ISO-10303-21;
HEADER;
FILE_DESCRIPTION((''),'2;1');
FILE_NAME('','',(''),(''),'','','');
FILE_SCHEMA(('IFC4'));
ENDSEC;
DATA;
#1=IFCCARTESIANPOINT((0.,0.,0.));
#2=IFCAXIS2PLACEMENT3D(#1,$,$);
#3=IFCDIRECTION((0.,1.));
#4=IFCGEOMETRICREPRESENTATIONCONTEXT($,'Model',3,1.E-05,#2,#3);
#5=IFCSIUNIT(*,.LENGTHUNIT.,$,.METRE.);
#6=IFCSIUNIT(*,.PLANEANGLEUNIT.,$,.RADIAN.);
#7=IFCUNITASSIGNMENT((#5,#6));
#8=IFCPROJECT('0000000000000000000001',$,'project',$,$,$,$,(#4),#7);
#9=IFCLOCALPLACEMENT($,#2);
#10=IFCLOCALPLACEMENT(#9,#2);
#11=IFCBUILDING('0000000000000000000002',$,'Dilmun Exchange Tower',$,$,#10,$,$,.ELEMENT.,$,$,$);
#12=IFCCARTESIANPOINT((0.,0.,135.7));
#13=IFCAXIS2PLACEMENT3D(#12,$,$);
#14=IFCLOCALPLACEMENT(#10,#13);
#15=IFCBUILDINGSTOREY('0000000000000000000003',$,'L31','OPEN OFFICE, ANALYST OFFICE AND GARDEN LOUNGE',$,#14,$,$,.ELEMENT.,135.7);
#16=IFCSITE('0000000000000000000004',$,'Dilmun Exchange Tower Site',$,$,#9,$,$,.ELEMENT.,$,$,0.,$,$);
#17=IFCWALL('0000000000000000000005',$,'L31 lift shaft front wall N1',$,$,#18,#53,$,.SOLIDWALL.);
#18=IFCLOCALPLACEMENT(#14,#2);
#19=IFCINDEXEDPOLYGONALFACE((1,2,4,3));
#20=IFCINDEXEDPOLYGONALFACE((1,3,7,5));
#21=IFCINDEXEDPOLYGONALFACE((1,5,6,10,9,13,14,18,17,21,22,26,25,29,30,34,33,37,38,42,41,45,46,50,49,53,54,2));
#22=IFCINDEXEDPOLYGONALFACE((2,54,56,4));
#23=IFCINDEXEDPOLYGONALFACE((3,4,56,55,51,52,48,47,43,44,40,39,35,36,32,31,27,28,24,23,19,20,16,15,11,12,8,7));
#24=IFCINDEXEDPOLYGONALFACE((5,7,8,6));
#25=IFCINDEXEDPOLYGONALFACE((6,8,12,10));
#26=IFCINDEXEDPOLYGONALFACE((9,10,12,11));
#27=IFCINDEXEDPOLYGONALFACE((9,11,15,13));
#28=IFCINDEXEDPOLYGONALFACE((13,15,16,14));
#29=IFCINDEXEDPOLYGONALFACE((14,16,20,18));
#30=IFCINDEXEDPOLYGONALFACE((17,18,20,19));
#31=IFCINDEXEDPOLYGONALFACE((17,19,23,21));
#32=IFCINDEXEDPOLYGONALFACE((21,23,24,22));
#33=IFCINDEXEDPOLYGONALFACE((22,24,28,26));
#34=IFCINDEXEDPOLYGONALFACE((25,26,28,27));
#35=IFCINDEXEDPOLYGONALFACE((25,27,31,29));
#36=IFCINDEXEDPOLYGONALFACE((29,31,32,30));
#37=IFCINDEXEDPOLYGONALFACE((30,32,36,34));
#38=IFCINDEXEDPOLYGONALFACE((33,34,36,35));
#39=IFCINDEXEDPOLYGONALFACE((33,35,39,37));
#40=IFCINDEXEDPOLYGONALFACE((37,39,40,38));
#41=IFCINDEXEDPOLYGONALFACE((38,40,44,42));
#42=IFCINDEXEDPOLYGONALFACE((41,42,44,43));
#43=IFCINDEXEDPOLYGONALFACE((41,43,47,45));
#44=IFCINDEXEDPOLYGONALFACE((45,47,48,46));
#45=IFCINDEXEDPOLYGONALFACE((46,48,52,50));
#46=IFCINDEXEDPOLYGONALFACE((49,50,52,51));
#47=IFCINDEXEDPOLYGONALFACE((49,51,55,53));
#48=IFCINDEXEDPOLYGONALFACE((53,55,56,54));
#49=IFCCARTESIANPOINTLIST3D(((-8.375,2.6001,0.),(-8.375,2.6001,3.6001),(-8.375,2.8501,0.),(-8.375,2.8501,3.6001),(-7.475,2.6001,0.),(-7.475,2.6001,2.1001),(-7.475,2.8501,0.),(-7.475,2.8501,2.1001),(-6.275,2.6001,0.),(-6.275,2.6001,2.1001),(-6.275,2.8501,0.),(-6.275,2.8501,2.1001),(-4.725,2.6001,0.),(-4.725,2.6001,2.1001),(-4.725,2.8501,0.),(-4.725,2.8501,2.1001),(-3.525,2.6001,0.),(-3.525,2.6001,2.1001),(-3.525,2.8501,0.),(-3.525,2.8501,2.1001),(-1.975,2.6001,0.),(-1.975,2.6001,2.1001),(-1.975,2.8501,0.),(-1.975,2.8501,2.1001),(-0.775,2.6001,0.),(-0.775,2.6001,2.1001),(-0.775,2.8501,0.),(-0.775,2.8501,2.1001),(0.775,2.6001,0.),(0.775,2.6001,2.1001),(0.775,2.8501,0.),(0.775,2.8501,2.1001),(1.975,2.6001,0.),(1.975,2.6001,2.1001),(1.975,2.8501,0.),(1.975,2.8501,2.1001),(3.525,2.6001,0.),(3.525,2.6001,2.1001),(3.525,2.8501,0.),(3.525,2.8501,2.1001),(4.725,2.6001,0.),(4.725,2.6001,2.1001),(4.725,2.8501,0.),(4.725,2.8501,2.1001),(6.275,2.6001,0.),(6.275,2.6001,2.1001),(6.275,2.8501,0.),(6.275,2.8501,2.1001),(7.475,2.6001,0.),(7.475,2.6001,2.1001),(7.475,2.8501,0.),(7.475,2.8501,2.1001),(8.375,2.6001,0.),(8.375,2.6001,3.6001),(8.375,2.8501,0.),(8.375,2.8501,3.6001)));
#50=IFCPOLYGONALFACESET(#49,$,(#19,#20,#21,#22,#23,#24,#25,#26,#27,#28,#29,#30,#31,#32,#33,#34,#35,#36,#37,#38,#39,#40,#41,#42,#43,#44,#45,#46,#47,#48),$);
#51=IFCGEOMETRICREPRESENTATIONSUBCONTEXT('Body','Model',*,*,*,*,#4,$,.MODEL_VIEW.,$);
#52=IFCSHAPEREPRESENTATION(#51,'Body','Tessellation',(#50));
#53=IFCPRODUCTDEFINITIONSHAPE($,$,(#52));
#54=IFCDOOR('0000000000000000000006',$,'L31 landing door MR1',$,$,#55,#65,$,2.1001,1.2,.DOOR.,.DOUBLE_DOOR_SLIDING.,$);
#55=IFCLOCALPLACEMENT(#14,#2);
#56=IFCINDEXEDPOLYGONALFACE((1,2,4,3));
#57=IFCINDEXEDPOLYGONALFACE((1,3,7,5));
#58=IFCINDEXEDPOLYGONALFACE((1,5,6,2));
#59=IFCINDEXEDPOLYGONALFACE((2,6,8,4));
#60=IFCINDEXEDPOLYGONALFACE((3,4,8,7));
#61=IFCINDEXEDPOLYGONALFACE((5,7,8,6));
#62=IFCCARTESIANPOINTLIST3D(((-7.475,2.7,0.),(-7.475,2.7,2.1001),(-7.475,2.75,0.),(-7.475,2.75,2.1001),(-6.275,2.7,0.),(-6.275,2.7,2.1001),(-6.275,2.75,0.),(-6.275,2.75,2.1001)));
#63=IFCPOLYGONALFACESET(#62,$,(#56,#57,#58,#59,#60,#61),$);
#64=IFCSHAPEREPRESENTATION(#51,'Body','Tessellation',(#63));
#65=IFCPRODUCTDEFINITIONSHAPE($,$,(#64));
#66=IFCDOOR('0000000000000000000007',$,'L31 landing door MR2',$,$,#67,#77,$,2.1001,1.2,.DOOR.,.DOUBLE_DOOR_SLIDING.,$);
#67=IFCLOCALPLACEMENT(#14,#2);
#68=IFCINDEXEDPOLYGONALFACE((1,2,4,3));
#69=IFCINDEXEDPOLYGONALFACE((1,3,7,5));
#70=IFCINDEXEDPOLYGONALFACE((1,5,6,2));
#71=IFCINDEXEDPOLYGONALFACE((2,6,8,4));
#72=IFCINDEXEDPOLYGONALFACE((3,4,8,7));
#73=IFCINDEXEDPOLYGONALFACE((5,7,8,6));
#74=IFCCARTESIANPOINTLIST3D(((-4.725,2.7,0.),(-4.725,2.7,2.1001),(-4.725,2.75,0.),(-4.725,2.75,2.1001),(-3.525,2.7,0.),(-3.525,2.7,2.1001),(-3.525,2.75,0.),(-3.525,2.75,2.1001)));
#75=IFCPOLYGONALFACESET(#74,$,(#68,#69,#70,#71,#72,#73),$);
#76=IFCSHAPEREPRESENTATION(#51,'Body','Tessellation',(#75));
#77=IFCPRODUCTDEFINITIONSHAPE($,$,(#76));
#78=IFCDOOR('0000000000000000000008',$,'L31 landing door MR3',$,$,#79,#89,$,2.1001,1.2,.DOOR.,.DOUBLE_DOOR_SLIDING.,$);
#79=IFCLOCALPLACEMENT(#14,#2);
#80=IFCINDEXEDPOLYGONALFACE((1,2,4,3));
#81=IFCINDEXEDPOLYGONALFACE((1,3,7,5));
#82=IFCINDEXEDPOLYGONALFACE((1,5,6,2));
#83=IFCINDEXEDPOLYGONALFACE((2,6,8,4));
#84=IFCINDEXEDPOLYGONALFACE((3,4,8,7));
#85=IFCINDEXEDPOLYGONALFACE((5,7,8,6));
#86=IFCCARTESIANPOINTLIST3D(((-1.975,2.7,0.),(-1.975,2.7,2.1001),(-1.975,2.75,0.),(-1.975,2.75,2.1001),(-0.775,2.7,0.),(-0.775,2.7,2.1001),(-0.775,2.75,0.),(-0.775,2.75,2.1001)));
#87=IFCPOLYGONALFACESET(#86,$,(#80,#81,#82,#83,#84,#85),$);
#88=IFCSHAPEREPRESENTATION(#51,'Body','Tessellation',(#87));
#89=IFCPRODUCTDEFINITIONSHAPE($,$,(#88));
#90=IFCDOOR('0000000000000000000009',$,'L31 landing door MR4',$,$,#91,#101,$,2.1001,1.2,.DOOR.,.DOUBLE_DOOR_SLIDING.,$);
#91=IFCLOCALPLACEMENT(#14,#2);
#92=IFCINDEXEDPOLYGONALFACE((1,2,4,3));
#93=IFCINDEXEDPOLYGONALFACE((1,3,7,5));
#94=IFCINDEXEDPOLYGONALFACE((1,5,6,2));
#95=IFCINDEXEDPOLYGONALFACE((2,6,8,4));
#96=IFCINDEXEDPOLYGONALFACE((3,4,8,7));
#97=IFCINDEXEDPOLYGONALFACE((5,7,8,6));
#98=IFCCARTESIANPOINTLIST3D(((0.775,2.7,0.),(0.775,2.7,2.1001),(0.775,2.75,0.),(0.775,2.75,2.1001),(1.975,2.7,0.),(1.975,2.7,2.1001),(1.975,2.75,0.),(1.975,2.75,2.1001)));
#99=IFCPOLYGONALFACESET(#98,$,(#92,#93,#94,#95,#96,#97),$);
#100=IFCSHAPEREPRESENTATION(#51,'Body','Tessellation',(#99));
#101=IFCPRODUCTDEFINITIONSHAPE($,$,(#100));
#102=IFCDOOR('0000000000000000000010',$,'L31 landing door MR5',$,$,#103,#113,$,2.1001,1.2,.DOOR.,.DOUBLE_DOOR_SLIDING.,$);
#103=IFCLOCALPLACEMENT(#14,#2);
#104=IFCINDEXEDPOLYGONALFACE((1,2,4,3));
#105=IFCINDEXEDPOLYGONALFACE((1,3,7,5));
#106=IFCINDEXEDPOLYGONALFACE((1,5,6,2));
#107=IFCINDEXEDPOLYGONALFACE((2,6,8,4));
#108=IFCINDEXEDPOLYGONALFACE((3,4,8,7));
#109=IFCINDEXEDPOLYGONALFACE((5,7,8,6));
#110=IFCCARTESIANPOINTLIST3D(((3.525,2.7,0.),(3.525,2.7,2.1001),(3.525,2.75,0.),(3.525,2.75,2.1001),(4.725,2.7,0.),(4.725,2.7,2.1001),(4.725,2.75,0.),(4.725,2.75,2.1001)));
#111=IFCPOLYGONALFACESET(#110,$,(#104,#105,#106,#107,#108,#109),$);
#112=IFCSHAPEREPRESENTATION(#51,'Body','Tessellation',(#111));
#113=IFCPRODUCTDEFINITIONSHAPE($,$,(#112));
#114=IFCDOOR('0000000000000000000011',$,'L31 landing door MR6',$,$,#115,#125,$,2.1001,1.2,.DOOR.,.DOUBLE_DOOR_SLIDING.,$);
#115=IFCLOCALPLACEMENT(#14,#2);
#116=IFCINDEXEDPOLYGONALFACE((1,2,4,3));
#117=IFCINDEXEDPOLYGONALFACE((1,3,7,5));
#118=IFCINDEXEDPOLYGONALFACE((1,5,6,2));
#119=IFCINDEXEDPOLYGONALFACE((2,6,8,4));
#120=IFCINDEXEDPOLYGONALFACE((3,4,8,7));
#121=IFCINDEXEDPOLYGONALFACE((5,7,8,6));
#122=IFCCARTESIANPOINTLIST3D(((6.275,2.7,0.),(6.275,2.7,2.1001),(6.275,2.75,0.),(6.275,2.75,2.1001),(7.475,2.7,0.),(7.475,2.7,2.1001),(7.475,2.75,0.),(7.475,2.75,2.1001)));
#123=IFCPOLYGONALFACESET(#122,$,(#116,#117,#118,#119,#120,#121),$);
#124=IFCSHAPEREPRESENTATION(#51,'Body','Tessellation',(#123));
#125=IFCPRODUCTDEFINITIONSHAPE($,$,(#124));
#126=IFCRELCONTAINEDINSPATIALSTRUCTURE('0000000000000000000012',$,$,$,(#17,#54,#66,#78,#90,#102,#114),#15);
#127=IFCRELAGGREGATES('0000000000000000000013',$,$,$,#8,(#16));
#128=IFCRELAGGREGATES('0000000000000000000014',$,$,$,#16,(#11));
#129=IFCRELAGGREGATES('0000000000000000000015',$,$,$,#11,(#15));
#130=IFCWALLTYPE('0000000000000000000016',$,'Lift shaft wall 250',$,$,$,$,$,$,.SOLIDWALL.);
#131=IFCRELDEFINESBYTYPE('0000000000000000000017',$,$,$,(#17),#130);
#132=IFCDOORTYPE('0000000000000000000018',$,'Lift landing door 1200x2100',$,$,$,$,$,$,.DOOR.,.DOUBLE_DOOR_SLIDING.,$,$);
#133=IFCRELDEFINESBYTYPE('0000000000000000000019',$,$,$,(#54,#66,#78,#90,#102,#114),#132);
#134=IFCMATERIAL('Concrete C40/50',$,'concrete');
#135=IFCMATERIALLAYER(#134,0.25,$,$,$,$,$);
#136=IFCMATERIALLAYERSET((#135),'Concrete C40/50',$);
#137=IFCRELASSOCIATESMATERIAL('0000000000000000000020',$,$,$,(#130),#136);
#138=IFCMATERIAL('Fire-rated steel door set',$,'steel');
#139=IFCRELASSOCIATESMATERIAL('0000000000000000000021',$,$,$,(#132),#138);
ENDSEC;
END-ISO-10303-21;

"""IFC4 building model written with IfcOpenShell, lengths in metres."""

from ifc_helpers import new_model, si_unit, direction, frame, frame_2d, origin, place, context, subcontext, project, spatial, rectangle, extrude, material, layer, layer_set, type_object, element, fill, save


model = new_model("IFC4")

# Units and contexts
model_context = context("Model", 3, precision=1e-05, world=origin(), true_north=direction((0.0, 1.0)))
body_context = subcontext(model_context, "Body", "Model", "MODEL_VIEW")
ifc_project = project(units=[si_unit("LENGTHUNIT", "METRE"), si_unit("PLANEANGLEUNIT", "RADIAN")], contexts=[model_context])

# Site, building, storey
site_placement = place(None, origin())
site = spatial("IfcSite", under=ifc_project, at=site_placement, Name="Dilmun Exchange Tower Site", CompositionType="ELEMENT", RefElevation=0.0)
building_placement = place(site_placement, origin())
building = spatial("IfcBuilding", under=site, at=building_placement, Name="Dilmun Exchange Tower", CompositionType="ELEMENT")
storey_placement = place(building_placement, frame((0.0, 0.0, 135.7)))
storey = spatial("IfcBuildingStorey", under=building, at=storey_placement, Name="L31", Description="OPEN OFFICE, ANALYST OFFICE AND GARDEN LOUNGE", CompositionType="ELEMENT", Elevation=135.7)

# Shared definitions
ifc_material_1 = material(Name="Concrete C40/50", Category="concrete")

# Shared definitions
ifc_material_2 = material(Name="Fire-rated steel door set", Category="steel")

# Wall, openings, doors
ifc_layer_1 = layer(ifc_material_1, 0.25)
ifc_layer_set_1 = layer_set([ifc_layer_1], Name="Concrete C40/50")
wall_type_1 = type_object("IfcWallType", Name="Lift shaft wall 250", PredefinedType="SOLIDWALL", material=ifc_layer_set_1)
wall_1_placement = place(storey_placement, frame((-8.375, 2.7251, 0.0), z_axis=(0.0, 0.0, 1.0), x_axis=(1.0, 0.0, 0.0)))
wall_1 = element("IfcWall", 1, at=wall_1_placement, inside=storey, type_object=wall_type_1, Name="L31 lift shaft front wall N1", PredefinedType="SOLIDWALL", context=body_context, shape_type="SweptSolid", body=[
    extrude(rectangle(XDim=16.75, YDim=0.25, at=frame_2d((8.375, 0.0))), origin(), (0.0, 0.0, 1.0), 3.6001),
])
opening_1_placement = place(wall_1_placement, frame((0.8999, 0.0, 0.0)))
opening_1 = element("IfcOpeningElement", 2, at=opening_1_placement, cuts=wall_1, PredefinedType="OPENING", context=body_context, shape_type="SweptSolid", body=[
    extrude(rectangle(XDim=1.2, YDim=2.1001, at=frame_2d((0.6001, 1.05))), frame((0.0, 0.135, 0.0), z_axis=(0.0, -1.0, 0.0), x_axis=(1.0, 0.0, 0.0)), (0.0, 0.0, 1.0), 0.27),
])
opening_2_placement = place(wall_1_placement, frame((3.6499, 0.0, 0.0)))
opening_2 = element("IfcOpeningElement", 3, at=opening_2_placement, cuts=wall_1, PredefinedType="OPENING", context=body_context, shape_type="SweptSolid", body=[
    extrude(rectangle(XDim=1.2, YDim=2.1001, at=frame_2d((0.6001, 1.05))), frame((0.0, 0.135, 0.0), z_axis=(0.0, -1.0, 0.0), x_axis=(1.0, 0.0, 0.0)), (0.0, 0.0, 1.0), 0.27),
])
opening_3_placement = place(wall_1_placement, frame((6.3999, 0.0, 0.0)))
opening_3 = element("IfcOpeningElement", 4, at=opening_3_placement, cuts=wall_1, PredefinedType="OPENING", context=body_context, shape_type="SweptSolid", body=[
    extrude(rectangle(XDim=1.2, YDim=2.1001, at=frame_2d((0.6001, 1.05))), frame((0.0, 0.135, 0.0), z_axis=(0.0, -1.0, 0.0), x_axis=(1.0, 0.0, 0.0)), (0.0, 0.0, 1.0), 0.27),
])
opening_4_placement = place(wall_1_placement, frame((9.1499, 0.0, 0.0)))
opening_4 = element("IfcOpeningElement", 5, at=opening_4_placement, cuts=wall_1, PredefinedType="OPENING", context=body_context, shape_type="SweptSolid", body=[
    extrude(rectangle(XDim=1.2, YDim=2.1001, at=frame_2d((0.6001, 1.05))), frame((0.0, 0.135, 0.0), z_axis=(0.0, -1.0, 0.0), x_axis=(1.0, 0.0, 0.0)), (0.0, 0.0, 1.0), 0.27),
])
opening_5_placement = place(wall_1_placement, frame((11.8999, 0.0, 0.0)))
opening_5 = element("IfcOpeningElement", 6, at=opening_5_placement, cuts=wall_1, PredefinedType="OPENING", context=body_context, shape_type="SweptSolid", body=[
    extrude(rectangle(XDim=1.2, YDim=2.1001, at=frame_2d((0.6001, 1.05))), frame((0.0, 0.135, 0.0), z_axis=(0.0, -1.0, 0.0), x_axis=(1.0, 0.0, 0.0)), (0.0, 0.0, 1.0), 0.27),
])
opening_6_placement = place(wall_1_placement, frame((14.6499, 0.0, 0.0)))
opening_6 = element("IfcOpeningElement", 7, at=opening_6_placement, cuts=wall_1, PredefinedType="OPENING", context=body_context, shape_type="SweptSolid", body=[
    extrude(rectangle(XDim=1.2, YDim=2.1001, at=frame_2d((0.6001, 1.05))), frame((0.0, 0.135, 0.0), z_axis=(0.0, -1.0, 0.0), x_axis=(1.0, 0.0, 0.0)), (0.0, 0.0, 1.0), 0.27),
])
door_type_1 = type_object("IfcDoorType", Name="Lift landing door 1200x2100", OperationType="DOUBLE_DOOR_SLIDING", PredefinedType="DOOR", material=ifc_material_2)
door_1_placement = place(opening_1_placement, origin())
door_1 = element("IfcDoor", 8, at=door_1_placement, inside=storey, type_object=door_type_1, Name="L31 landing door MR1", OperationType="DOUBLE_DOOR_SLIDING", OverallHeight=2.1001, OverallWidth=1.2, PredefinedType="DOOR", context=body_context, shape_type="SweptSolid", body=[
    extrude(rectangle(XDim=1.2, YDim=2.1001, at=frame_2d((0.6001, 1.05))), frame((0.0, 0.0249, 0.0), z_axis=(0.0, -1.0, 0.0), x_axis=(1.0, 0.0, 0.0)), (0.0, 0.0, 1.0), 0.05),
])
fill(opening_1, door_1)
door_2_placement = place(opening_2_placement, origin())
door_2 = element("IfcDoor", 9, at=door_2_placement, inside=storey, type_object=door_type_1, Name="L31 landing door MR2", OperationType="DOUBLE_DOOR_SLIDING", OverallHeight=2.1001, OverallWidth=1.2, PredefinedType="DOOR", context=body_context, shape_type="SweptSolid", body=[
    extrude(rectangle(XDim=1.2, YDim=2.1001, at=frame_2d((0.6001, 1.05))), frame((0.0, 0.0249, 0.0), z_axis=(0.0, -1.0, 0.0), x_axis=(1.0, 0.0, 0.0)), (0.0, 0.0, 1.0), 0.05),
])
fill(opening_2, door_2)
door_3_placement = place(opening_3_placement, origin())
door_3 = element("IfcDoor", 10, at=door_3_placement, inside=storey, type_object=door_type_1, Name="L31 landing door MR3", OperationType="DOUBLE_DOOR_SLIDING", OverallHeight=2.1001, OverallWidth=1.2, PredefinedType="DOOR", context=body_context, shape_type="SweptSolid", body=[
    extrude(rectangle(XDim=1.2, YDim=2.1001, at=frame_2d((0.6001, 1.05))), frame((0.0, 0.0249, 0.0), z_axis=(0.0, -1.0, 0.0), x_axis=(1.0, 0.0, 0.0)), (0.0, 0.0, 1.0), 0.05),
])
fill(opening_3, door_3)
door_4_placement = place(opening_4_placement, origin())
door_4 = element("IfcDoor", 11, at=door_4_placement, inside=storey, type_object=door_type_1, Name="L31 landing door MR4", OperationType="DOUBLE_DOOR_SLIDING", OverallHeight=2.1001, OverallWidth=1.2, PredefinedType="DOOR", context=body_context, shape_type="SweptSolid", body=[
    extrude(rectangle(XDim=1.2, YDim=2.1001, at=frame_2d((0.6001, 1.05))), frame((0.0, 0.0249, 0.0), z_axis=(0.0, -1.0, 0.0), x_axis=(1.0, 0.0, 0.0)), (0.0, 0.0, 1.0), 0.05),
])
fill(opening_4, door_4)
door_5_placement = place(opening_5_placement, origin())
door_5 = element("IfcDoor", 12, at=door_5_placement, inside=storey, type_object=door_type_1, Name="L31 landing door MR5", OperationType="DOUBLE_DOOR_SLIDING", OverallHeight=2.1001, OverallWidth=1.2, PredefinedType="DOOR", context=body_context, shape_type="SweptSolid", body=[
    extrude(rectangle(XDim=1.2, YDim=2.1001, at=frame_2d((0.6001, 1.05))), frame((0.0, 0.0249, 0.0), z_axis=(0.0, -1.0, 0.0), x_axis=(1.0, 0.0, 0.0)), (0.0, 0.0, 1.0), 0.05),
])
fill(opening_5, door_5)
door_6_placement = place(opening_6_placement, origin())
door_6 = element("IfcDoor", 13, at=door_6_placement, inside=storey, type_object=door_type_1, Name="L31 landing door MR6", OperationType="DOUBLE_DOOR_SLIDING", OverallHeight=2.1001, OverallWidth=1.2, PredefinedType="DOOR", context=body_context, shape_type="SweptSolid", body=[
    extrude(rectangle(XDim=1.2, YDim=2.1001, at=frame_2d((0.6001, 1.05))), frame((0.0, 0.0249, 0.0), z_axis=(0.0, -1.0, 0.0), x_axis=(1.0, 0.0, 0.0)), (0.0, 0.0, 1.0), 0.05),
])
fill(opening_6, door_6)

save(model, "model.ifc")
